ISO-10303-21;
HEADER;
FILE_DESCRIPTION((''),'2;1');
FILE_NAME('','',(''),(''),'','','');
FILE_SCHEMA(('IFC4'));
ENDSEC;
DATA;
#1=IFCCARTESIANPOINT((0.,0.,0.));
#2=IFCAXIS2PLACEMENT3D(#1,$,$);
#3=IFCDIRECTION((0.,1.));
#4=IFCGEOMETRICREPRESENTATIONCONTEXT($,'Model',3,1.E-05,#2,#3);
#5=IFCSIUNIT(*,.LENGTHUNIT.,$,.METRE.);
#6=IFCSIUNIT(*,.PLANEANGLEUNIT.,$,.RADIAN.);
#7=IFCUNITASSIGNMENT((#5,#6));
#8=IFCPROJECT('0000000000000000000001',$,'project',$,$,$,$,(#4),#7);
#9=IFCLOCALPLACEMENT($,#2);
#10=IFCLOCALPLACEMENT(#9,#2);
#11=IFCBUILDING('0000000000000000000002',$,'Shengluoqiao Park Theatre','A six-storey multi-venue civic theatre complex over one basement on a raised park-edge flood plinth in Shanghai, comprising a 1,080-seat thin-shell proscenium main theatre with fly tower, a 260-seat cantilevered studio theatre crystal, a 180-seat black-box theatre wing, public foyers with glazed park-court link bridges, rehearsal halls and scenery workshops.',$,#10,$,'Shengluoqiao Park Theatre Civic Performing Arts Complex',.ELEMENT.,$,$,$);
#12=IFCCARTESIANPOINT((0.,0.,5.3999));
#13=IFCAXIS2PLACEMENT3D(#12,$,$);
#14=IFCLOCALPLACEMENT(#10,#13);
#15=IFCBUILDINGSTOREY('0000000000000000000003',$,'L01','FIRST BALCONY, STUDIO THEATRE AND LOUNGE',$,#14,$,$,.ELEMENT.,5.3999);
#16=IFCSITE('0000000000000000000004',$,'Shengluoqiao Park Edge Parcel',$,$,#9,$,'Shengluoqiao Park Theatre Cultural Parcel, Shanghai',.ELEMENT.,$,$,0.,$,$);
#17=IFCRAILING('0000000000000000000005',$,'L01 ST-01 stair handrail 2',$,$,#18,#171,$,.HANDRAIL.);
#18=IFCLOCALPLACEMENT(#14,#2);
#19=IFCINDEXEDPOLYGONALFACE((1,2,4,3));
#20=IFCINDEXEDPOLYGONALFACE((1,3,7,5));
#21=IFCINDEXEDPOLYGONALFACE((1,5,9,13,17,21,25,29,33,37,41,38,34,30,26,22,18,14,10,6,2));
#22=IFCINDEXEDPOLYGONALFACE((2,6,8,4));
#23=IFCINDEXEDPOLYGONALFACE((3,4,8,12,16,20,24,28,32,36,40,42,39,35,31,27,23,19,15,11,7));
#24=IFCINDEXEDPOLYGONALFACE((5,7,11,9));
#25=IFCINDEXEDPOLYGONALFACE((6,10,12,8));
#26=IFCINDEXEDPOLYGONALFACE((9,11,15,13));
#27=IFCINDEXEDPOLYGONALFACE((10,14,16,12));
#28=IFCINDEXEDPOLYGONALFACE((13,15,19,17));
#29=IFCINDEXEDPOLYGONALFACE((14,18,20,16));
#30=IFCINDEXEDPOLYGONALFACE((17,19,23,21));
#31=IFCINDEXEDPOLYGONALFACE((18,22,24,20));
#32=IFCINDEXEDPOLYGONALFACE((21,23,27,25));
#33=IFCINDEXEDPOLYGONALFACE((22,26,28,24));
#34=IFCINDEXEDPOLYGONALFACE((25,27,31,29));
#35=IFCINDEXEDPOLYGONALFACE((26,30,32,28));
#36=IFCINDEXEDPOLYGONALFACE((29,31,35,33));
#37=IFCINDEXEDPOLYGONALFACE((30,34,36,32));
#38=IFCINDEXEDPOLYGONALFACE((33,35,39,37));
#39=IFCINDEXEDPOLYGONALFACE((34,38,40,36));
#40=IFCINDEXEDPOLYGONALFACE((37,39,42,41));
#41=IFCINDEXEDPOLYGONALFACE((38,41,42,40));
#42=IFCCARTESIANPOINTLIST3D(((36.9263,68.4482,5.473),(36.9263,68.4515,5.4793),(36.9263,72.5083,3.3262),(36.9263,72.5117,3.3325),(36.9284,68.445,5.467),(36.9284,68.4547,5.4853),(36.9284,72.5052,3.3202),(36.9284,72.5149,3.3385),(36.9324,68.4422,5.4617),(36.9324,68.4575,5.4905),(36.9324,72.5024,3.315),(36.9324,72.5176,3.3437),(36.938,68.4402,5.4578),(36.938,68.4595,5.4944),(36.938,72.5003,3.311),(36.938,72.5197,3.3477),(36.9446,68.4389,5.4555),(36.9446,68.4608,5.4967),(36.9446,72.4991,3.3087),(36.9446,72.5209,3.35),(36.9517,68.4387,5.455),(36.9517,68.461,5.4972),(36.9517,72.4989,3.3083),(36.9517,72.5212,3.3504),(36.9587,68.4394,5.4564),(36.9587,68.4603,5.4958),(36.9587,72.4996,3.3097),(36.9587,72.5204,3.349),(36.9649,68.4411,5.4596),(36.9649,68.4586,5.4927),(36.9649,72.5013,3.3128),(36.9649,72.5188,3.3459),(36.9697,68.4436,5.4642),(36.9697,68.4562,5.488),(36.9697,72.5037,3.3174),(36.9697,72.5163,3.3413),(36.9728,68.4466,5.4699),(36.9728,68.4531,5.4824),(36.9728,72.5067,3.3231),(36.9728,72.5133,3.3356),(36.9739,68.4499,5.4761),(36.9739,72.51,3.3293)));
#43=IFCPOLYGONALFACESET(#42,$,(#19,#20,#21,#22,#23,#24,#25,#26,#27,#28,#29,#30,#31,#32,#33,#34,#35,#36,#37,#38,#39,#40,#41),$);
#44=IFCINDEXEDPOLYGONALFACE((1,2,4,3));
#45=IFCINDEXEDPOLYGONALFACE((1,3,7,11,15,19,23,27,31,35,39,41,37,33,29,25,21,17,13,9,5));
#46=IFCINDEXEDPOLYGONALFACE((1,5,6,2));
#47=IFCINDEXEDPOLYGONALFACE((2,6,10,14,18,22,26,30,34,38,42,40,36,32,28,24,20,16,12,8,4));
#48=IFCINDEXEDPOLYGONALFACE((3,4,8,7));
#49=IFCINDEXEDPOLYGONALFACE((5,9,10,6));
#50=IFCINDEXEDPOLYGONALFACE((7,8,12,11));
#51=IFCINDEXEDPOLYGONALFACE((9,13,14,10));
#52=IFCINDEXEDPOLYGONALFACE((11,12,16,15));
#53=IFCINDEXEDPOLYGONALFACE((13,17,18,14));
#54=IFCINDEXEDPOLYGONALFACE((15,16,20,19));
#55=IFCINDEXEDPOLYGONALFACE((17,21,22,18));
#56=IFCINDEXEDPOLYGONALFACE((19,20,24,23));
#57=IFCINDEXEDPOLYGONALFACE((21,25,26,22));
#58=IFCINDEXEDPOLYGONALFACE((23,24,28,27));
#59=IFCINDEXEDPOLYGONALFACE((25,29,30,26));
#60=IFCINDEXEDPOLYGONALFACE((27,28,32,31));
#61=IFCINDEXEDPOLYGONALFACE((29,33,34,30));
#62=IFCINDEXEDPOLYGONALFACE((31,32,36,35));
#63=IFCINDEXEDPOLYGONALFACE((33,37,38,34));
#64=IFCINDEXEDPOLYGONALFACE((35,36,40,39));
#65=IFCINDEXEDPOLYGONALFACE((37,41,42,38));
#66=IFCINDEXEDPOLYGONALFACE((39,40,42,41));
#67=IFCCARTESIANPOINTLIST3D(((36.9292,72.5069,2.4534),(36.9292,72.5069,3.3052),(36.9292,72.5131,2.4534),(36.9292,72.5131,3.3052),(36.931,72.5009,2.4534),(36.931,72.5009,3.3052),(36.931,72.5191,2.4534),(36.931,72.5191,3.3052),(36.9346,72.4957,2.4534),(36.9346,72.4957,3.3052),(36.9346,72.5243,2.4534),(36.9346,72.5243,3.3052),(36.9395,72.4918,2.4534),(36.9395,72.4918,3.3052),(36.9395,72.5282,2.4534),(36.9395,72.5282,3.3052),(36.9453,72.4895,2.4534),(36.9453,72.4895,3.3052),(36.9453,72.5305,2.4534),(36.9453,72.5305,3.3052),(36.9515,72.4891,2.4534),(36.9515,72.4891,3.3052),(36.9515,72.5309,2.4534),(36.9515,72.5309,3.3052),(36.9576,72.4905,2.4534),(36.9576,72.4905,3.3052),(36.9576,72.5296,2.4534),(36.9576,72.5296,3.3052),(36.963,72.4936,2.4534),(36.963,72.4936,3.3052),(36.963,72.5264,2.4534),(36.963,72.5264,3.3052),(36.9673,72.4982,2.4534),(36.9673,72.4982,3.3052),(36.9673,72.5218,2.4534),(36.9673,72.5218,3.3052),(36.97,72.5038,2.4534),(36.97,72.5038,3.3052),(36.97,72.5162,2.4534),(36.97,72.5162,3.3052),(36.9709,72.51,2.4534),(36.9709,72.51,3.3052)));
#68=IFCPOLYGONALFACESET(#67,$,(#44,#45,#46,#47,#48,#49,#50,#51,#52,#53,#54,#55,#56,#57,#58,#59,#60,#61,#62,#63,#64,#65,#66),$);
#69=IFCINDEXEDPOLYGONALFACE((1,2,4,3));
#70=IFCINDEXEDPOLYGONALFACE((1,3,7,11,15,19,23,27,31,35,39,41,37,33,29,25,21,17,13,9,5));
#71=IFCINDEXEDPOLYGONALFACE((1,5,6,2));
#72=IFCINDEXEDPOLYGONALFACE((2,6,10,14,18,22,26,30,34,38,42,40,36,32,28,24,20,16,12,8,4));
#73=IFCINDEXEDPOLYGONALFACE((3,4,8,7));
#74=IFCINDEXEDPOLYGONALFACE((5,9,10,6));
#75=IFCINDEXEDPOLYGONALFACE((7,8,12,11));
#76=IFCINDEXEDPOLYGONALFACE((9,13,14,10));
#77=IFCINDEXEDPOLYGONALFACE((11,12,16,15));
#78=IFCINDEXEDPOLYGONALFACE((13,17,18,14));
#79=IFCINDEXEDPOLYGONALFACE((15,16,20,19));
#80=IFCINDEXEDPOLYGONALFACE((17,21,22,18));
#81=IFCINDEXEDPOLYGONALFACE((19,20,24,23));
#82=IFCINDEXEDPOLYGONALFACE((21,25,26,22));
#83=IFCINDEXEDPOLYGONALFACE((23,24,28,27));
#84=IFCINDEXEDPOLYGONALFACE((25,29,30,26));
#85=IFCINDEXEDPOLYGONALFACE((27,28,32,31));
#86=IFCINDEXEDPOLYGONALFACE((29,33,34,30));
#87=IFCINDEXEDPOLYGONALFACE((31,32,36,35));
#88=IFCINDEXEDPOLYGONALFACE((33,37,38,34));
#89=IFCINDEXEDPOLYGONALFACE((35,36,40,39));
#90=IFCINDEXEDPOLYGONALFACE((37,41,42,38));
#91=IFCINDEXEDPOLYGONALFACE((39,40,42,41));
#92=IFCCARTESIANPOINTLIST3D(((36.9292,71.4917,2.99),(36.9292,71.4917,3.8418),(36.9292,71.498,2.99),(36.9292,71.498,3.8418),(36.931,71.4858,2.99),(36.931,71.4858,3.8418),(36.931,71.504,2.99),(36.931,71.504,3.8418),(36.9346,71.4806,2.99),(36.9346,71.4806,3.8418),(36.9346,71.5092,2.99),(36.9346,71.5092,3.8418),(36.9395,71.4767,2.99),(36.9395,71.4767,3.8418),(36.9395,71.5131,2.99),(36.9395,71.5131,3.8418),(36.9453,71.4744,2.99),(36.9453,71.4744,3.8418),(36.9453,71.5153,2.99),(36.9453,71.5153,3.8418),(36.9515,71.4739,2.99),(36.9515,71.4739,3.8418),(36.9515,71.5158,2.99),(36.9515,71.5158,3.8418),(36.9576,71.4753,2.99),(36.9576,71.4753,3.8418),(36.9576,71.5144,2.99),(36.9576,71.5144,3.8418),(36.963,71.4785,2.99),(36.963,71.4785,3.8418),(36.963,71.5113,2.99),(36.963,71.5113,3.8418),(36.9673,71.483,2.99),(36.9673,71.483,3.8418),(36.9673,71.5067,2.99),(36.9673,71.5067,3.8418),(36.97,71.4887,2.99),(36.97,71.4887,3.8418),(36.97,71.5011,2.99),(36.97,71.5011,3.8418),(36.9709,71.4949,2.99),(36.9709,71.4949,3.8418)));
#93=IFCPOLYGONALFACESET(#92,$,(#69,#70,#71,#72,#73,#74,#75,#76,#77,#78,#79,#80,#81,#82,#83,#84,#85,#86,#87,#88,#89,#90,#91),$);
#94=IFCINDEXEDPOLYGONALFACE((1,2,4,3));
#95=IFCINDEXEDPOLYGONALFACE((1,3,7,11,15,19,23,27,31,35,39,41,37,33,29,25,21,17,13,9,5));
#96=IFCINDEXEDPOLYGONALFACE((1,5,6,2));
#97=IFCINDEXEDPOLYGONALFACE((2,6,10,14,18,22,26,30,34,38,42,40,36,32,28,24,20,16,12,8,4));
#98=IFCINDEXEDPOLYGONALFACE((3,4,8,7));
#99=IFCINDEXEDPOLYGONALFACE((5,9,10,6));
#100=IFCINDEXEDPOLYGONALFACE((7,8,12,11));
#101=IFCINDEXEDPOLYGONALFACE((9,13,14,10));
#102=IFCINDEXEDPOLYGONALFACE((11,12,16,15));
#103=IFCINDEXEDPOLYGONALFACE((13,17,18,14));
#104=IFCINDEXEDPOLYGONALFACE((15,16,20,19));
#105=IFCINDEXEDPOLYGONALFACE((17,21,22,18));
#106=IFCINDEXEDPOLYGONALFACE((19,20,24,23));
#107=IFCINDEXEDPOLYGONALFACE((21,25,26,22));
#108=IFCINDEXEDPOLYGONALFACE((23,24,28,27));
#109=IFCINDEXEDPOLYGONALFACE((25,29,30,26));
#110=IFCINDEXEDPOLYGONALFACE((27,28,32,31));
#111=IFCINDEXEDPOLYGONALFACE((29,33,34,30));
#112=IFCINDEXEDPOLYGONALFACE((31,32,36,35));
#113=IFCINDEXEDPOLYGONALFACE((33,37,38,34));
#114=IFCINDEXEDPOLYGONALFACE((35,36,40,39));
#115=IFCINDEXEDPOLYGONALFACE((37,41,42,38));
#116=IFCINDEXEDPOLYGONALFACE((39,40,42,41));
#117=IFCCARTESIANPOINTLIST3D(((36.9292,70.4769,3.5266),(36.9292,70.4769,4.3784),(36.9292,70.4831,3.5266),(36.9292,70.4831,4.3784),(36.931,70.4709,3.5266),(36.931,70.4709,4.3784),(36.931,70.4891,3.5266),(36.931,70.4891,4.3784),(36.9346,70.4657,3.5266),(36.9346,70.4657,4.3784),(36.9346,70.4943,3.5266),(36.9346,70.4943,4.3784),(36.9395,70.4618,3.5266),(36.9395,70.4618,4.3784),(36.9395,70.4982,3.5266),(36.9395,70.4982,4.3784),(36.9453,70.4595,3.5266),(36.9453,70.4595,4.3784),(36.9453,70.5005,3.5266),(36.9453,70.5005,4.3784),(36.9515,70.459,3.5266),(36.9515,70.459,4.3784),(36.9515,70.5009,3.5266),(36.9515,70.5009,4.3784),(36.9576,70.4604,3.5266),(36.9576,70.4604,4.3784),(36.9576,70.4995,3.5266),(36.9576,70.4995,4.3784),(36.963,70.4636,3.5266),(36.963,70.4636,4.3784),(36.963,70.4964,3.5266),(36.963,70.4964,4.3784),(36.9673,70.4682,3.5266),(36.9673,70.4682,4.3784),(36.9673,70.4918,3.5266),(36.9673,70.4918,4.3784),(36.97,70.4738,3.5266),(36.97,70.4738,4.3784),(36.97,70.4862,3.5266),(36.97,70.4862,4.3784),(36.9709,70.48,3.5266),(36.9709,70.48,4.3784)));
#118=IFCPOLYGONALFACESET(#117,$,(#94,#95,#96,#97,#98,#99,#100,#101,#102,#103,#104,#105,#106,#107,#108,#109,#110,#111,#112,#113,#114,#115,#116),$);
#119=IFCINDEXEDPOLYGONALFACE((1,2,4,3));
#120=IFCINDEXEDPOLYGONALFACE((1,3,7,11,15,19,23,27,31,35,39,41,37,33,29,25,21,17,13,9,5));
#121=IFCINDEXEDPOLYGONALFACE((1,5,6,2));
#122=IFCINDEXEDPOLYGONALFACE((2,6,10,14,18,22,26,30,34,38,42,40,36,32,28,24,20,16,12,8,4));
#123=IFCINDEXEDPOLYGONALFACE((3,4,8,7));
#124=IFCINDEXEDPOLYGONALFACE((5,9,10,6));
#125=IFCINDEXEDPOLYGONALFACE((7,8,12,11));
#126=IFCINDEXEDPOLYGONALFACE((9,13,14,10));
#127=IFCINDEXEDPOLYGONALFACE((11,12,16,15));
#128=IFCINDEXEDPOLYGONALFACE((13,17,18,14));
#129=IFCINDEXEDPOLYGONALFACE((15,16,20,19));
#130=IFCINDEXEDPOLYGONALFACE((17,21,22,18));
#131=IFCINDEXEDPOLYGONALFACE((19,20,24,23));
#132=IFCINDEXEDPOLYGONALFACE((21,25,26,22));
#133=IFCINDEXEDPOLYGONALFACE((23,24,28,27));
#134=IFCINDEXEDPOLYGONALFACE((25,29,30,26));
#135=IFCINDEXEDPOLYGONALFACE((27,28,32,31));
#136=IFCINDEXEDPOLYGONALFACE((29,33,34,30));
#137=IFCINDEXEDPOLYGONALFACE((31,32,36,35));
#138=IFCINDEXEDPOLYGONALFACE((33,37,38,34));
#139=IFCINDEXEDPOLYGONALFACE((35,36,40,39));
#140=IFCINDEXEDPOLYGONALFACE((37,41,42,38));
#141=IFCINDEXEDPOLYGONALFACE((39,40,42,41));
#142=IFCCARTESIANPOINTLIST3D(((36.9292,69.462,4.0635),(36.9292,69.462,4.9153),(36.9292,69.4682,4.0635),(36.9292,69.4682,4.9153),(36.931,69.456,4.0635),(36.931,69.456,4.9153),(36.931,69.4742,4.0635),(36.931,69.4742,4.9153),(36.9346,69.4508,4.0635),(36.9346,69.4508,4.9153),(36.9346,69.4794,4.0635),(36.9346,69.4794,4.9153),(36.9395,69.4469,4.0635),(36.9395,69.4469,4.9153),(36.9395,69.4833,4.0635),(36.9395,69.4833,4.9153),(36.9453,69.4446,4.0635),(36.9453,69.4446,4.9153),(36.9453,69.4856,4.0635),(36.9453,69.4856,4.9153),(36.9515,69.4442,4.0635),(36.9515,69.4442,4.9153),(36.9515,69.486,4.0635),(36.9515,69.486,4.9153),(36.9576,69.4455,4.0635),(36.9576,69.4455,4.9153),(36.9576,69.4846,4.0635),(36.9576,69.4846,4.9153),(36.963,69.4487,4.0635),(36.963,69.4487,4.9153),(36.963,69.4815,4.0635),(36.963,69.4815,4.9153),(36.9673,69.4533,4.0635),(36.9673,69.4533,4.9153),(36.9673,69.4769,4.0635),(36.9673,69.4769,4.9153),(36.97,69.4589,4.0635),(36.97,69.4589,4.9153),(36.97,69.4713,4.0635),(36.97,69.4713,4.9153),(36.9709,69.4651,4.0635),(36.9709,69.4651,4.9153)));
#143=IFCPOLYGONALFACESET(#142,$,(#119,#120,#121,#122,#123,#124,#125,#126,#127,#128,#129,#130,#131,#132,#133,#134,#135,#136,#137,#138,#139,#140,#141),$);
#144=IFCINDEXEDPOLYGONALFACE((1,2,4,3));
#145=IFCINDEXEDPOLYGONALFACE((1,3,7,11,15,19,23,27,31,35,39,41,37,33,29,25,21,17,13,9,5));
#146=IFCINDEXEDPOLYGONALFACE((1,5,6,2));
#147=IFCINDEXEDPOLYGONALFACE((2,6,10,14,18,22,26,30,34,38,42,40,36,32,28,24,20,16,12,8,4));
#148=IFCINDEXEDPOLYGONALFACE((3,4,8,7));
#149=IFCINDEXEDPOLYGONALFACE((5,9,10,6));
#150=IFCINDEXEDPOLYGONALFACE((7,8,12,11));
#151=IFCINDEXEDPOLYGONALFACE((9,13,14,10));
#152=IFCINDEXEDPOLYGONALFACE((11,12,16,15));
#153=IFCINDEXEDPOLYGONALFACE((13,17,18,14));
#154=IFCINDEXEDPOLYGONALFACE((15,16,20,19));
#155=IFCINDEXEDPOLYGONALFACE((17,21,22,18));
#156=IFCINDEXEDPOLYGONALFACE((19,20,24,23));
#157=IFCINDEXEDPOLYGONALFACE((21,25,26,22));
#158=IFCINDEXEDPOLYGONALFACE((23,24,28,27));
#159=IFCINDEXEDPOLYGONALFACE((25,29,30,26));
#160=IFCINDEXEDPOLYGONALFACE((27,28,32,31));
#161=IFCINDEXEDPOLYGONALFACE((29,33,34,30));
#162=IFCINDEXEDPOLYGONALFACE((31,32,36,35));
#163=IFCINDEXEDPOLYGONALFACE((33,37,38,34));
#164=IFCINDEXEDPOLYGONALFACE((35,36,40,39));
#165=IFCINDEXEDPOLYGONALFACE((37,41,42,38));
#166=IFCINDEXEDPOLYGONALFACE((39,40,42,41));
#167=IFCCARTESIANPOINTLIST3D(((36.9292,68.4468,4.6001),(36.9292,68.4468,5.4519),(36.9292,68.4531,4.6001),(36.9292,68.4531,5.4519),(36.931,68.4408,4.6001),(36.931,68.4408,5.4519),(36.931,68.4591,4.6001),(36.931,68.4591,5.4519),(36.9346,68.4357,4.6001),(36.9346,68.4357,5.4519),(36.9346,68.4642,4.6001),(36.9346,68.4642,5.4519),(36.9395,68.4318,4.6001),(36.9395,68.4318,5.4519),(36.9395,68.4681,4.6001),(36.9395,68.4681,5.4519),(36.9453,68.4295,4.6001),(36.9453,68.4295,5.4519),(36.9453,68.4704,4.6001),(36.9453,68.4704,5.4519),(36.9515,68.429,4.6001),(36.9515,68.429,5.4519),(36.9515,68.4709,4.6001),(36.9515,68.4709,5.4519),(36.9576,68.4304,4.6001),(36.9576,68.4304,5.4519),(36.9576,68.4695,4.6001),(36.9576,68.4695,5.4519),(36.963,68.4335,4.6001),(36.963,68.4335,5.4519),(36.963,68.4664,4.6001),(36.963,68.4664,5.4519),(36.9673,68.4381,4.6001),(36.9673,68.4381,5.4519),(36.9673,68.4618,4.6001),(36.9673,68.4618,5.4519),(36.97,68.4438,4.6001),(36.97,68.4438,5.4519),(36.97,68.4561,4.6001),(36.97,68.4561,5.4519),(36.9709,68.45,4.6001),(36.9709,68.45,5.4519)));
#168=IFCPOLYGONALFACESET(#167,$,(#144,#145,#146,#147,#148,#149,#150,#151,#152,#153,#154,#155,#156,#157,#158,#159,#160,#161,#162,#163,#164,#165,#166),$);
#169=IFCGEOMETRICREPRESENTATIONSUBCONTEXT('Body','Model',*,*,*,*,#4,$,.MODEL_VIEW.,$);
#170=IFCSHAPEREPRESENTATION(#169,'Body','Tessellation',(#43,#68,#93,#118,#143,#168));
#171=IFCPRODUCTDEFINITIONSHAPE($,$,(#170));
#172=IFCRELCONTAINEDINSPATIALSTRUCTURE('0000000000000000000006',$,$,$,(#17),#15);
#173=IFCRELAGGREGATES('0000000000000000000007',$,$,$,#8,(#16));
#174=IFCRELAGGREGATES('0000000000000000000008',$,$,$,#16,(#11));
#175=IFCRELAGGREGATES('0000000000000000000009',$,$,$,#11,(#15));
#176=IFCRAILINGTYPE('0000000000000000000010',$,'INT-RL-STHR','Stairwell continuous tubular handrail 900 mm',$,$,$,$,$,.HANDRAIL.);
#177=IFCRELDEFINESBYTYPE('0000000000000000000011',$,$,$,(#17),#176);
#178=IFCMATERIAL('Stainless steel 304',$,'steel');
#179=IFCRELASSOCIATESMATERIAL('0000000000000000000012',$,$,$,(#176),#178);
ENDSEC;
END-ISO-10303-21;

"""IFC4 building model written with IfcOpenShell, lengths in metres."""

from ifc_helpers import new_model, si_unit, direction, frame, origin, origin_2d, place, context, subcontext, project, spatial, circle, extrude, material, type_object, element, save


model = new_model("IFC4")

# Units and contexts
model_context = context("Model", 3, precision=1e-05, world=origin(), true_north=direction((0.0, 1.0)))
body_context = subcontext(model_context, "Body", "Model", "MODEL_VIEW")
ifc_project = project(units=[si_unit("LENGTHUNIT", "METRE"), si_unit("PLANEANGLEUNIT", "RADIAN")], contexts=[model_context])

# Site, building, storey
site_placement = place(None, origin())
site = spatial("IfcSite", under=ifc_project, at=site_placement, Name="Shengluoqiao Park Edge Parcel", LongName="Shengluoqiao Park Theatre Cultural Parcel, Shanghai", CompositionType="ELEMENT", RefElevation=0.0)
building_placement = place(site_placement, origin())
building = spatial("IfcBuilding", under=site, at=building_placement, Name="Shengluoqiao Park Theatre", Description="A six-storey multi-venue civic theatre complex over one basement on a raised park-edge flood plinth in Shanghai, comprising a 1,080-seat thin-shell proscenium main theatre with fly tower, a 260-seat cantilevered studio theatre crystal, a 180-seat black-box theatre wing, public foyers with glazed park-court link bridges, rehearsal halls and scenery workshops.", LongName="Shengluoqiao Park Theatre Civic Performing Arts Complex", CompositionType="ELEMENT")
storey_placement = place(building_placement, frame((0.0, 0.0, 5.3999)))
storey = spatial("IfcBuildingStorey", under=building, at=storey_placement, Name="L01", Description="FIRST BALCONY, STUDIO THEATRE AND LOUNGE", CompositionType="ELEMENT", Elevation=5.3999)

# Railing
ifc_material_1 = material(Name="Stainless steel 304", Category="steel")
railing_type_1 = type_object("IfcRailingType", Name="INT-RL-STHR", Description="Stairwell continuous tubular handrail 900 mm", PredefinedType="HANDRAIL", material=ifc_material_1)
railing_1_placement = place(storey_placement, frame((36.95, 72.51, 2.4534)))
element("IfcRailing", 1, at=railing_1_placement, inside=storey, type_object=railing_type_1, Name="L01 ST-01 stair handrail 2", PredefinedType="HANDRAIL", context=body_context, shape_type="SweptSolid", body=[
    extrude(circle(Radius=0.0239, at=origin_2d()), frame((0.0, 0.0, 0.876), z_axis=(0.0, -0.884032, 0.467426), x_axis=(1.0, 0.0, 0.0)), (0.0, 0.0, 1.0), 4.5928),
    extrude(circle(Radius=0.021, at=origin_2d()), origin(), (0.0, 0.0, 1.0), 0.8518),
    extrude(circle(Radius=0.021, at=origin_2d()), frame((0.0, -1.0151, 0.5366)), (0.0, 0.0, 1.0), 0.8518),
    extrude(circle(Radius=0.021, at=origin_2d()), frame((0.0, -2.03, 1.0732)), (0.0, 0.0, 1.0), 0.8518),
    extrude(circle(Radius=0.021, at=origin_2d()), frame((0.0, -3.0449, 1.6101)), (0.0, 0.0, 1.0), 0.8518),
    extrude(circle(Radius=0.021, at=origin_2d()), frame((0.0, -4.0601, 2.1467)), (0.0, 0.0, 1.0), 0.8518),
])

save(model, "model.ifc")
